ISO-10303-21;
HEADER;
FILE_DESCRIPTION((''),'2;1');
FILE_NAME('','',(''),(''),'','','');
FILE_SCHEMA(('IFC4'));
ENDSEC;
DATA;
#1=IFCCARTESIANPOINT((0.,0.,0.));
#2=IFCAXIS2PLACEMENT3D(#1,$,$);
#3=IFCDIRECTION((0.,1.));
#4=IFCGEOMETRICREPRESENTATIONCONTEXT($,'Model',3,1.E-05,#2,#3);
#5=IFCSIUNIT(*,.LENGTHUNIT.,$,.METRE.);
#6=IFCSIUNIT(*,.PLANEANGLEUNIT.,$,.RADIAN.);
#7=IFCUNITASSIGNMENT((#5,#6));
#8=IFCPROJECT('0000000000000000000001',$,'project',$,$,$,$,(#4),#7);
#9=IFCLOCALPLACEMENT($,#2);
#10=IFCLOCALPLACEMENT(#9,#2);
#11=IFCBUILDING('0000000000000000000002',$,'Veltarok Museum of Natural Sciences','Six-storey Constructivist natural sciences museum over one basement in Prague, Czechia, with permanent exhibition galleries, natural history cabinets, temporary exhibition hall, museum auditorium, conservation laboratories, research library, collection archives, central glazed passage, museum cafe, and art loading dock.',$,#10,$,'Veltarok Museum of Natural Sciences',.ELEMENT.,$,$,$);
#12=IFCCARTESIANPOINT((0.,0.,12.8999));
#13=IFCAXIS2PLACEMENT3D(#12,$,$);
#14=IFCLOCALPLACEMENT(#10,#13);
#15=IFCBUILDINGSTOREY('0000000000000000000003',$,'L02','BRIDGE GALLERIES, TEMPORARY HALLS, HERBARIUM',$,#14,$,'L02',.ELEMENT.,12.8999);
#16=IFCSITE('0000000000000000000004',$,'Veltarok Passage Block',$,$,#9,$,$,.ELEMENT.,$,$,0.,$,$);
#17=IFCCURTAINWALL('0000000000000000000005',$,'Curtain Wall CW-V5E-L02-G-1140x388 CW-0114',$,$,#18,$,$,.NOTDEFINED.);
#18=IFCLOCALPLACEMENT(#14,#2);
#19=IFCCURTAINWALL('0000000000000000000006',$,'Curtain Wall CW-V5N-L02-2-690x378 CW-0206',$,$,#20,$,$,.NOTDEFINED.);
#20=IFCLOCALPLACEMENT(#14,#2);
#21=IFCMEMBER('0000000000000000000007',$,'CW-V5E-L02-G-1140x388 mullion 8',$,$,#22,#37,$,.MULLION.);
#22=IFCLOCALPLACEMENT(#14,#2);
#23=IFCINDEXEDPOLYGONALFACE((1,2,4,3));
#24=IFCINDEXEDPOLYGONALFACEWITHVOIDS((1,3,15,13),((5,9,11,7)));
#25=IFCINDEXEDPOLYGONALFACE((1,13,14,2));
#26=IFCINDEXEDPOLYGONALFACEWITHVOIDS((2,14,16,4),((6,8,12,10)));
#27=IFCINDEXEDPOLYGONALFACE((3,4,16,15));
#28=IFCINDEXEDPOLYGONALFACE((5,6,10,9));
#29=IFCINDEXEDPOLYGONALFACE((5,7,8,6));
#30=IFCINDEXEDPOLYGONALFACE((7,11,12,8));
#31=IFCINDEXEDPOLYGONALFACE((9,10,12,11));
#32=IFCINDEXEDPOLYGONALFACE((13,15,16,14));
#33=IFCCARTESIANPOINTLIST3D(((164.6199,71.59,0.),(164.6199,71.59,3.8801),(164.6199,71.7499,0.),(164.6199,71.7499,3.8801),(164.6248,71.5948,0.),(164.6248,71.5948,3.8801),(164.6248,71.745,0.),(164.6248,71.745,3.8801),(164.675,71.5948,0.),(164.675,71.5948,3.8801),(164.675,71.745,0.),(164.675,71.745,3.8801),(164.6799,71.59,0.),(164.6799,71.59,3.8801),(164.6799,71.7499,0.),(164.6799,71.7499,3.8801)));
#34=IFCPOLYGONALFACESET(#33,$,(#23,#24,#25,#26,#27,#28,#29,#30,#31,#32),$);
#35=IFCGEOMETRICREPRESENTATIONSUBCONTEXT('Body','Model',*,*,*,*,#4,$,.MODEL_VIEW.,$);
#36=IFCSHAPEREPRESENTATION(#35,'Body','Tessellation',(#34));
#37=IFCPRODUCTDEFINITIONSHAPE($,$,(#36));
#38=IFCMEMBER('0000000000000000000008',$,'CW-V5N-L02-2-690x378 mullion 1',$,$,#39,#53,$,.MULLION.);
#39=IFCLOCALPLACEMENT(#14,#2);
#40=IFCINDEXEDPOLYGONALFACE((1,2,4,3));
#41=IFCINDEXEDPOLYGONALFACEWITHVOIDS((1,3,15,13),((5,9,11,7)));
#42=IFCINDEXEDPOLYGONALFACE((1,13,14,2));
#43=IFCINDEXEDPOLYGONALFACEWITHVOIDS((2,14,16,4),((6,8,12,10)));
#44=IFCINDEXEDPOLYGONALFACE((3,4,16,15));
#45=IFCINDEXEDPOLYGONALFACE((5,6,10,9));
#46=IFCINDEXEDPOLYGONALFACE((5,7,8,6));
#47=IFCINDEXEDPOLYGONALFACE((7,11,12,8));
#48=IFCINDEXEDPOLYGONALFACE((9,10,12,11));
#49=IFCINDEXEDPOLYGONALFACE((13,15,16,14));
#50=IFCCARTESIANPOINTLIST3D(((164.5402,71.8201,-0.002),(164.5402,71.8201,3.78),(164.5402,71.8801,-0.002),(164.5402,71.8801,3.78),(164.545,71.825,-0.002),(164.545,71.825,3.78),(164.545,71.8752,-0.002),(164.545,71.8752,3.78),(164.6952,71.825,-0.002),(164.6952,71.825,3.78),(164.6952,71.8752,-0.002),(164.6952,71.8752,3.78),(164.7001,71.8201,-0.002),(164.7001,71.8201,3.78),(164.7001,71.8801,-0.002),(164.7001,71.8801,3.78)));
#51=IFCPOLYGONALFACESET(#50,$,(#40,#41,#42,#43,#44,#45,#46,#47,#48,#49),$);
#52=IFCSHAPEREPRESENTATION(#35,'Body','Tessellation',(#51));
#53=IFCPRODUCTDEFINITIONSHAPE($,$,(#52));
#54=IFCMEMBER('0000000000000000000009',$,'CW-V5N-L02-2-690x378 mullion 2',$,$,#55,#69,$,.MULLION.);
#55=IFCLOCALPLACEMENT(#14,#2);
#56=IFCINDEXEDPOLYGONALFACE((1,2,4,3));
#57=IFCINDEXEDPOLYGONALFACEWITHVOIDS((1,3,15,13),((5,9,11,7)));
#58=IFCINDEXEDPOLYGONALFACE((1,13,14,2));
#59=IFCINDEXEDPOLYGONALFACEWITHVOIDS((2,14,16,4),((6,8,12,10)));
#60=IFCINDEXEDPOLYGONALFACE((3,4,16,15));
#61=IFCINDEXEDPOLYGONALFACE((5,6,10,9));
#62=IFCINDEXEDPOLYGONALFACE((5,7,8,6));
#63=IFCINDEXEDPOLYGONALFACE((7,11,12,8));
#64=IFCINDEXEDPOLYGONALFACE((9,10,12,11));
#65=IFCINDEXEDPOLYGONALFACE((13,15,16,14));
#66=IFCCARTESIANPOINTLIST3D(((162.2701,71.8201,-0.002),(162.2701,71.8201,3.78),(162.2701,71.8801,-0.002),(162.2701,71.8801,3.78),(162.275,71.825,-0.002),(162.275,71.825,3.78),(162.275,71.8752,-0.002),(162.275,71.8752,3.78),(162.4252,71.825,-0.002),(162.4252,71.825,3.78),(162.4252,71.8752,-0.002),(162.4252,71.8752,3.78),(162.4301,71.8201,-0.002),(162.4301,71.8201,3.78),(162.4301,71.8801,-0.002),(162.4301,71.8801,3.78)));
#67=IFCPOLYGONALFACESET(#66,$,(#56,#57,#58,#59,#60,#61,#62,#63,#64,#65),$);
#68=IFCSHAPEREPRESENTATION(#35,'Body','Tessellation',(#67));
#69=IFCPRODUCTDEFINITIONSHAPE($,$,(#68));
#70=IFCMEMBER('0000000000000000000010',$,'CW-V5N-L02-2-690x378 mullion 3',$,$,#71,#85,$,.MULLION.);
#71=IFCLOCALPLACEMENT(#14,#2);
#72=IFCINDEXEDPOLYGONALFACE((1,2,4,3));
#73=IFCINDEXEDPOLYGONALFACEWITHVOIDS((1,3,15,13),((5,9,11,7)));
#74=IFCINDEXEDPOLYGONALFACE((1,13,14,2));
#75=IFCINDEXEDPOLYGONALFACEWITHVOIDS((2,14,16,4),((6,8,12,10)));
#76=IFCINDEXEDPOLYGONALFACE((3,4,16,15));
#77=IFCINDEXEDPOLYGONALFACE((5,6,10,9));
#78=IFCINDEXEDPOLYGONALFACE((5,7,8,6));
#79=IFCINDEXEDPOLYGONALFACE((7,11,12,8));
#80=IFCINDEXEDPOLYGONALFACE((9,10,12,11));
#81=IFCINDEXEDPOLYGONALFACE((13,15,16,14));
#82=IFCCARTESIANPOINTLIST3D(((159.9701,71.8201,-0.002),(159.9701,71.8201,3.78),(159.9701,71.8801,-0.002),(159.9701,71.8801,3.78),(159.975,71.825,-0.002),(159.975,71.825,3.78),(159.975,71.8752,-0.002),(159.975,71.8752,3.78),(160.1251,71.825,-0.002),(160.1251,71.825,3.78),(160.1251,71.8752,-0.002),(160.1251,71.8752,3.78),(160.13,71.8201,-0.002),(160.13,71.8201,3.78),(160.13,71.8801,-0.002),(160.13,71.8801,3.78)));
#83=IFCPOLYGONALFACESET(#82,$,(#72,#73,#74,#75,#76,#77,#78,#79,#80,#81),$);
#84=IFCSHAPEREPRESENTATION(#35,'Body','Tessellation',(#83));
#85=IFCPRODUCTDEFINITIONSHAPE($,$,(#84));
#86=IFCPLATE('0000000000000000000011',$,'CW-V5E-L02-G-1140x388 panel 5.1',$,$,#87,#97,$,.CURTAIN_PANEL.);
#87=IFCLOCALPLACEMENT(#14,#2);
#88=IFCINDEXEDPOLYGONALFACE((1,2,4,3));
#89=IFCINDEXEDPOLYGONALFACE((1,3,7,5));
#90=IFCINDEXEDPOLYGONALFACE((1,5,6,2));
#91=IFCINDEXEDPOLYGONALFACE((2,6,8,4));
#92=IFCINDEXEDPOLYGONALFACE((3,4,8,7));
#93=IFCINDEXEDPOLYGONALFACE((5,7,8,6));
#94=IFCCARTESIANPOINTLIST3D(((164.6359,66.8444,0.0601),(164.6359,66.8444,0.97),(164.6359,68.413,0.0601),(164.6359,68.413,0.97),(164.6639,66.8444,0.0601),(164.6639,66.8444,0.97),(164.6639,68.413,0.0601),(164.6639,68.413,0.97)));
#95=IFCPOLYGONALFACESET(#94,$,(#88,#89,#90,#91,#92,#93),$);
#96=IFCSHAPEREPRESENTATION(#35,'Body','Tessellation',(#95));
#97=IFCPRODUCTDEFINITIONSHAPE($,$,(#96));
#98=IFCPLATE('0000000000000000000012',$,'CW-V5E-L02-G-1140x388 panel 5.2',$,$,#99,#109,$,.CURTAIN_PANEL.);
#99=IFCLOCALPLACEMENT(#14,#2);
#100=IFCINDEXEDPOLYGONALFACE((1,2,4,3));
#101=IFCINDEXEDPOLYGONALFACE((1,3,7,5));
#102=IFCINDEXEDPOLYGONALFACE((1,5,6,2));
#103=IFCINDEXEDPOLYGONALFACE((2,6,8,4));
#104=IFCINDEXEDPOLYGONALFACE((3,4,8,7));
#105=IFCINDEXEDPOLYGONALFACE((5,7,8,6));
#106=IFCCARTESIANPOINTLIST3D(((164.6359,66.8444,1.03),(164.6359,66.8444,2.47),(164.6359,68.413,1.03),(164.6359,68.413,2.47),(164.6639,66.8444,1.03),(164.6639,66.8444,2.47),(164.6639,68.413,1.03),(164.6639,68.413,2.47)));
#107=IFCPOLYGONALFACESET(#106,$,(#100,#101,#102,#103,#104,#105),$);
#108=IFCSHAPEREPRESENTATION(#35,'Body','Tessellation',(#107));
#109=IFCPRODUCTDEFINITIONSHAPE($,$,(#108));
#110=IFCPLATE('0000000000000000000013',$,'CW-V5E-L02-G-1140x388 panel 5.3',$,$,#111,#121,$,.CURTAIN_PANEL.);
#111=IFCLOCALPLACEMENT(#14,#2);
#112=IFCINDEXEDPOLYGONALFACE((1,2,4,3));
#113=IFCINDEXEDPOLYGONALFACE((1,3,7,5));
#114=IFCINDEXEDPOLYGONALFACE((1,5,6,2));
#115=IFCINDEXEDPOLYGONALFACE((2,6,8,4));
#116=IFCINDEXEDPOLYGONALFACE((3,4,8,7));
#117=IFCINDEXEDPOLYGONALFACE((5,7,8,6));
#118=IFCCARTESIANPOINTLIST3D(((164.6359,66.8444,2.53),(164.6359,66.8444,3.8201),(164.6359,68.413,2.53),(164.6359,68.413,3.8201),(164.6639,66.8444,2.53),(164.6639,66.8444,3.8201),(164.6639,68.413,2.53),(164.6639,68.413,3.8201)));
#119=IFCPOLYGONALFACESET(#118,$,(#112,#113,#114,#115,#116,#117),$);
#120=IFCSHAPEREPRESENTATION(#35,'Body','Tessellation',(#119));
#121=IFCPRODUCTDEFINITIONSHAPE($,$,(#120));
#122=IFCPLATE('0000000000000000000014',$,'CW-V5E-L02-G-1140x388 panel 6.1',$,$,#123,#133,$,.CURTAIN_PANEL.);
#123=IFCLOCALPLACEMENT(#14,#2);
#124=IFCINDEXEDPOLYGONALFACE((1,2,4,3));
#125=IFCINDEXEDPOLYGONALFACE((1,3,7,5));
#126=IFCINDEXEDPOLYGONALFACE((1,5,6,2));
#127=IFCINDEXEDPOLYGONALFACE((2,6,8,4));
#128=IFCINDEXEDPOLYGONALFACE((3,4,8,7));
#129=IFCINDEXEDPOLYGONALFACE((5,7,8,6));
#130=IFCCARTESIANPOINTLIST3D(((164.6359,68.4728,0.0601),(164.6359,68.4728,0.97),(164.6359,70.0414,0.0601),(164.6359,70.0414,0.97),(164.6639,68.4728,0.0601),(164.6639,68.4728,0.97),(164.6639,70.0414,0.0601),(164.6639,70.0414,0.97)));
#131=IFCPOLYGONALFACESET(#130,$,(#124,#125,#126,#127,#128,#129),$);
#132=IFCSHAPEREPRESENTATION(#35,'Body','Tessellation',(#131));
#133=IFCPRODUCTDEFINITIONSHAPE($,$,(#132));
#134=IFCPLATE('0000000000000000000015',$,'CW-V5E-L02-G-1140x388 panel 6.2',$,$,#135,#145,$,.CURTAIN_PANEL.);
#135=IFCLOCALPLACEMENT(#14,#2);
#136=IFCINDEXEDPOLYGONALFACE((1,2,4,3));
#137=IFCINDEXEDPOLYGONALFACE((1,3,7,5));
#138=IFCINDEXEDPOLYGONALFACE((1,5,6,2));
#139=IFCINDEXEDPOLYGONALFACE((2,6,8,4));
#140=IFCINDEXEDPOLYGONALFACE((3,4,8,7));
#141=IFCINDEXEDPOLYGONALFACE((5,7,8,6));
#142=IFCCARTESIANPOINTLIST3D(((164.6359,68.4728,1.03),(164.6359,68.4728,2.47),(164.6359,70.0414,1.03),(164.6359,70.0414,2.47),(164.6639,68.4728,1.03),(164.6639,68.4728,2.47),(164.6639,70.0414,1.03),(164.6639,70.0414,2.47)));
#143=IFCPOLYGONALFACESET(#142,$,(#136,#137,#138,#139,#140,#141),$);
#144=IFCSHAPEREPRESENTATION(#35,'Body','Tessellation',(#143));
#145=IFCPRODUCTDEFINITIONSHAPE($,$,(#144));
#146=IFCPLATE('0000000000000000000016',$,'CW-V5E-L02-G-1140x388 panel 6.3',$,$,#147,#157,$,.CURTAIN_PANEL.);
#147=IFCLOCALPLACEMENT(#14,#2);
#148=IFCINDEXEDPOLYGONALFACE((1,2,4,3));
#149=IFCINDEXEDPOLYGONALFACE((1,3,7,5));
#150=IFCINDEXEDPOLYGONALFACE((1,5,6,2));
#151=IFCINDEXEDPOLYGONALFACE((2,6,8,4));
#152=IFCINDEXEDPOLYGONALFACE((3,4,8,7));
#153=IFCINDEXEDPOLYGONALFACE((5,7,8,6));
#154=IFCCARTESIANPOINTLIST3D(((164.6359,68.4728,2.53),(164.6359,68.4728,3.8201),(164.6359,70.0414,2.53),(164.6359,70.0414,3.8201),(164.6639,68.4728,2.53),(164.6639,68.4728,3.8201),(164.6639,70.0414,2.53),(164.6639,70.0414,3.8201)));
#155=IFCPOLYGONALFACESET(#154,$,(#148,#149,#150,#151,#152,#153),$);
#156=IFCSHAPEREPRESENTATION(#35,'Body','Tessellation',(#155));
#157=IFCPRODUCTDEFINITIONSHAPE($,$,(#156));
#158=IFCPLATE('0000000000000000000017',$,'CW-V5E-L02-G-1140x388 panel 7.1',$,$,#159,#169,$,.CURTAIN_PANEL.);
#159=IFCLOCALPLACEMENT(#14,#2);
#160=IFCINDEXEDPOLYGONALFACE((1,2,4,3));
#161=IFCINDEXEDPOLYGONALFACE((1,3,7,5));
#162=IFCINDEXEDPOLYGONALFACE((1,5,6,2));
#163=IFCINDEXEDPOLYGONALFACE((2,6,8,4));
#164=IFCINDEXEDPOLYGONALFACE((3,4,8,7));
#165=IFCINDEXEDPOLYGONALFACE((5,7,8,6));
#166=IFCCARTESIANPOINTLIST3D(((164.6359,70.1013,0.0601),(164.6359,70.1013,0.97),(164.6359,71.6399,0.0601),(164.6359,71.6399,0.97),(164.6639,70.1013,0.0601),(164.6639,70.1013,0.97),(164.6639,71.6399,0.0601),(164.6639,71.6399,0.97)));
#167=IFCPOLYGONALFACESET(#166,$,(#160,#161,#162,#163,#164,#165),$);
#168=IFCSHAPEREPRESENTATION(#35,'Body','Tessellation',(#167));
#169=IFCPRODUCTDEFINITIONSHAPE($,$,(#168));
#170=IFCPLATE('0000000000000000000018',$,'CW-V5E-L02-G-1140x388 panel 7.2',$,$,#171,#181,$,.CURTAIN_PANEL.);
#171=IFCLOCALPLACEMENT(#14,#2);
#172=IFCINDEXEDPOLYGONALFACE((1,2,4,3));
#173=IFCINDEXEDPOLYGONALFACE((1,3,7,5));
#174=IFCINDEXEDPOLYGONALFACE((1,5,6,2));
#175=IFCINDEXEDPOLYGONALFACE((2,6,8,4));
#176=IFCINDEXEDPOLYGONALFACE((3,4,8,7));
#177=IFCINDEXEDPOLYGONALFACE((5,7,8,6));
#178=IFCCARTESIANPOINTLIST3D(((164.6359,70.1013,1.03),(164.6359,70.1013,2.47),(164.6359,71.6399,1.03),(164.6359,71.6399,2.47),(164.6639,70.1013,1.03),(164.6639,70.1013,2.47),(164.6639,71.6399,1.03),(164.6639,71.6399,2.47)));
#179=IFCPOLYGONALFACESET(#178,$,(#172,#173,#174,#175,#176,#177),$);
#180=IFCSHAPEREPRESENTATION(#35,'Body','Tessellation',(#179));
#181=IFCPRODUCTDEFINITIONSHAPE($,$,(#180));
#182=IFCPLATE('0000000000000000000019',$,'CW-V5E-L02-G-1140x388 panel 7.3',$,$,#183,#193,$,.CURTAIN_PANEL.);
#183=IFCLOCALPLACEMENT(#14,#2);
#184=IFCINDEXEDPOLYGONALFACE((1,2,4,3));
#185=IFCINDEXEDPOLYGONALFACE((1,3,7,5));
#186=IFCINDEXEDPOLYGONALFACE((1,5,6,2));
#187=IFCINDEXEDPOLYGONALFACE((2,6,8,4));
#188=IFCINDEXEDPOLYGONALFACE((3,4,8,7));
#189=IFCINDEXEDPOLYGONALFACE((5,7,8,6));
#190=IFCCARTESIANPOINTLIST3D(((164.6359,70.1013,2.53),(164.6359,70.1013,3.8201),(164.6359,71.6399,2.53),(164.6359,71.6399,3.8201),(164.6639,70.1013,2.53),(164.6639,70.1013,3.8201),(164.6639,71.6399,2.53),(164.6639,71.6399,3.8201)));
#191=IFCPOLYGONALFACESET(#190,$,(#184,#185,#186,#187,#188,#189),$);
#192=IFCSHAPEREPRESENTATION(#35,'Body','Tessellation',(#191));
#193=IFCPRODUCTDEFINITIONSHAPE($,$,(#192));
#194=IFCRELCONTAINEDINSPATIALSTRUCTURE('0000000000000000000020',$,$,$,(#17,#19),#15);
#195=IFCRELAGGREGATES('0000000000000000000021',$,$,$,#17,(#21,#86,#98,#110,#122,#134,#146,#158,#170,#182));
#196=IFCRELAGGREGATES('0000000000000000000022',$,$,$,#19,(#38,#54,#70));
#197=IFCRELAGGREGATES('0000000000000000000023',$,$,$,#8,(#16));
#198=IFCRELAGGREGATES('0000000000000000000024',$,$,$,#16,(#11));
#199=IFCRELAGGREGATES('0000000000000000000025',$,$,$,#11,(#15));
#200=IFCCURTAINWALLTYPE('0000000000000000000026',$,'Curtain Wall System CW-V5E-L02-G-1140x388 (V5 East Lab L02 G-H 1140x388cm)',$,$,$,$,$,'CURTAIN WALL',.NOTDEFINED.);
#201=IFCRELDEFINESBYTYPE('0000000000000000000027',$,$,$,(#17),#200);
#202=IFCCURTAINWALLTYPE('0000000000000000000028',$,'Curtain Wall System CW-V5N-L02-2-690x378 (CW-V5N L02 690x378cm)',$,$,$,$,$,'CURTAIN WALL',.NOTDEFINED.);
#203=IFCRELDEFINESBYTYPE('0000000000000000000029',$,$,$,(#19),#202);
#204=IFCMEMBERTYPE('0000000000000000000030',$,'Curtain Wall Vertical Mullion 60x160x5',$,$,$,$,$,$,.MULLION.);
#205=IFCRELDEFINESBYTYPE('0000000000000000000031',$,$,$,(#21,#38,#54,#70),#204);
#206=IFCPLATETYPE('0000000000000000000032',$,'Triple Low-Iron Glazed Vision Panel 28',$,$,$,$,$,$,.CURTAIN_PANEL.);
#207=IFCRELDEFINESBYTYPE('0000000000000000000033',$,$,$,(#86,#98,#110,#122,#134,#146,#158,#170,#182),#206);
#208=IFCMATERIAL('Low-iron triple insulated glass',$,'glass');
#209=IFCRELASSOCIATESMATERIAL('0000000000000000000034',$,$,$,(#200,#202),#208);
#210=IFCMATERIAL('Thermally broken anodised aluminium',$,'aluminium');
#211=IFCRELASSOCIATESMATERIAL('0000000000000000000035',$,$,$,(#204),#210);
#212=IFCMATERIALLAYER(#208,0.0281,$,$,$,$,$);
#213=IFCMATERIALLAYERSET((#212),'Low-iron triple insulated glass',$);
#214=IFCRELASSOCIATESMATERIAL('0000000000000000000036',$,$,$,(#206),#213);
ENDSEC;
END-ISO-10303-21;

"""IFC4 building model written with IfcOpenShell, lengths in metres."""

from ifc_helpers import new_model, si_unit, direction, frame, origin, origin_2d, place, context, subcontext, project, spatial, rectangle, hollow_rectangle, extrude, material, layer, layer_set, material_profile, profile_set, type_object, element, aggregate, save


model = new_model("IFC4")

# Units and contexts
model_context = context("Model", 3, precision=1e-05, world=origin(), true_north=direction((0.0, 1.0)))
body_context = subcontext(model_context, "Body", "Model", "MODEL_VIEW")
ifc_project = project(units=[si_unit("LENGTHUNIT", "METRE"), si_unit("PLANEANGLEUNIT", "RADIAN")], contexts=[model_context])

# Site, building, storey
site_placement = place(None, origin())
site = spatial("IfcSite", under=ifc_project, at=site_placement, Name="Veltarok Passage Block", CompositionType="ELEMENT", RefElevation=0.0)
building_placement = place(site_placement, origin())
building = spatial("IfcBuilding", under=site, at=building_placement, Name="Veltarok Museum of Natural Sciences", Description="Six-storey Constructivist natural sciences museum over one basement in Prague, Czechia, with permanent exhibition galleries, natural history cabinets, temporary exhibition hall, museum auditorium, conservation laboratories, research library, collection archives, central glazed passage, museum cafe, and art loading dock.", LongName="Veltarok Museum of Natural Sciences", CompositionType="ELEMENT")
storey_placement = place(building_placement, frame((0.0, 0.0, 12.8999)))
storey = spatial("IfcBuildingStorey", under=building, at=storey_placement, Name="L02", Description="BRIDGE GALLERIES, TEMPORARY HALLS, HERBARIUM", LongName="L02", CompositionType="ELEMENT", Elevation=12.8999)

# Curtain walls
ifc_material_1 = material(Name="Low-iron triple insulated glass", Category="glass")
curtain_wall_type_1 = type_object("IfcCurtainWallType", Name="Curtain Wall System CW-V5E-L02-G-1140x388 (V5 East Lab L02 G-H 1140x388cm)", ElementType="CURTAIN WALL", PredefinedType="NOTDEFINED", material=ifc_material_1)
curtain_wall_1_placement = place(storey_placement, origin())
curtain_wall_1 = element("IfcCurtainWall", 1, at=curtain_wall_1_placement, inside=storey, type_object=curtain_wall_type_1, Name="Curtain Wall CW-V5E-L02-G-1140x388 CW-0114", PredefinedType="NOTDEFINED")
ifc_material_2 = material(Name="Thermally broken anodised aluminium", Category="aluminium")
curtain_wall_type_2 = type_object("IfcCurtainWallType", Name="Curtain Wall System CW-V5N-L02-2-690x378 (CW-V5N L02 690x378cm)", ElementType="CURTAIN WALL", PredefinedType="NOTDEFINED", material=ifc_material_1)
curtain_wall_2_placement = place(storey_placement, origin())
curtain_wall_2 = element("IfcCurtainWall", 2, at=curtain_wall_2_placement, inside=storey, type_object=curtain_wall_type_2, Name="Curtain Wall CW-V5N-L02-2-690x378 CW-0206", PredefinedType="NOTDEFINED")

# Members
ifc_material_profile_1 = material_profile(ifc_material_2, hollow_rectangle(XDim=0.0601, YDim=0.1599, WallThickness=0.0049, at=origin_2d()), Name="CW MULLION 60x160x5")
ifc_profile_set_1 = profile_set([ifc_material_profile_1], Name="Thermally broken anodised aluminium")
member_type_1 = type_object("IfcMemberType", Name="Curtain Wall Vertical Mullion 60x160x5", PredefinedType="MULLION", material=ifc_profile_set_1)
member_1_placement = place(storey_placement, frame((164.6499, 71.6699, 0.0), z_axis=(0.0, 0.0, 1.0), x_axis=(-1.0, 0.0, 0.0)))
member_1 = element("IfcMember", 3, at=member_1_placement, type_object=member_type_1, Name="CW-V5E-L02-G-1140x388 mullion 8", PredefinedType="MULLION", context=body_context, shape_type="SweptSolid", body=[
    extrude(hollow_rectangle(XDim=0.0601, YDim=0.1599, WallThickness=0.0049, at=origin_2d()), origin(), (0.0, 0.0, 1.0), 3.8801),
])
member_2_placement = place(storey_placement, frame((164.6201, 71.8501, -0.002), z_axis=(0.0, 0.0, 1.0), x_axis=(0.0, -1.0, 0.0)))
member_2 = element("IfcMember", 4, at=member_2_placement, type_object=member_type_1, Name="CW-V5N-L02-2-690x378 mullion 1", PredefinedType="MULLION", context=body_context, shape_type="SweptSolid", body=[
    extrude(hollow_rectangle(XDim=0.0601, YDim=0.1599, WallThickness=0.0049, at=origin_2d()), origin(), (0.0, 0.0, 1.0), 3.782),
])
member_3_placement = place(storey_placement, frame((162.3501, 71.8501, -0.002), z_axis=(0.0, 0.0, 1.0), x_axis=(0.0, -1.0, 0.0)))
member_3 = element("IfcMember", 5, at=member_3_placement, type_object=member_type_1, Name="CW-V5N-L02-2-690x378 mullion 2", PredefinedType="MULLION", context=body_context, shape_type="SweptSolid", body=[
    extrude(hollow_rectangle(XDim=0.0601, YDim=0.1599, WallThickness=0.0049, at=origin_2d()), origin(), (0.0, 0.0, 1.0), 3.782),
])
member_4_placement = place(storey_placement, frame((160.05, 71.8501, -0.002), z_axis=(0.0, 0.0, 1.0), x_axis=(0.0, -1.0, 0.0)))
member_4 = element("IfcMember", 6, at=member_4_placement, type_object=member_type_1, Name="CW-V5N-L02-2-690x378 mullion 3", PredefinedType="MULLION", context=body_context, shape_type="SweptSolid", body=[
    extrude(hollow_rectangle(XDim=0.0601, YDim=0.1599, WallThickness=0.0049, at=origin_2d()), origin(), (0.0, 0.0, 1.0), 3.782),
])

# Plates
ifc_layer = layer(ifc_material_1, 0.0281)
ifc_layer_set = layer_set([ifc_layer], Name="Low-iron triple insulated glass")
plate_type = type_object("IfcPlateType", Name="Triple Low-Iron Glazed Vision Panel 28", PredefinedType="CURTAIN_PANEL", material=ifc_layer_set)
plate_1_placement = place(storey_placement, frame((164.6499, 67.6287, 0.0601), z_axis=(0.0, 0.0, 1.0), x_axis=(0.0, 1.0, 0.0)))
plate_1 = element("IfcPlate", 7, at=plate_1_placement, type_object=plate_type, Name="CW-V5E-L02-G-1140x388 panel 5.1", PredefinedType="CURTAIN_PANEL", context=body_context, shape_type="SweptSolid", body=[
    extrude(rectangle(XDim=1.5686, YDim=0.0281, at=origin_2d()), origin(), (0.0, 0.0, 1.0), 0.9099),
])
plate_2_placement = place(storey_placement, frame((164.6499, 67.6287, 1.03), z_axis=(0.0, 0.0, 1.0), x_axis=(0.0, 1.0, 0.0)))
plate_2 = element("IfcPlate", 8, at=plate_2_placement, type_object=plate_type, Name="CW-V5E-L02-G-1140x388 panel 5.2", PredefinedType="CURTAIN_PANEL", context=body_context, shape_type="SweptSolid", body=[
    extrude(rectangle(XDim=1.5686, YDim=0.0281, at=origin_2d()), origin(), (0.0, 0.0, 1.0), 1.4399),
])
plate_3_placement = place(storey_placement, frame((164.6499, 67.6287, 2.53), z_axis=(0.0, 0.0, 1.0), x_axis=(0.0, 1.0, 0.0)))
plate_3 = element("IfcPlate", 9, at=plate_3_placement, type_object=plate_type, Name="CW-V5E-L02-G-1140x388 panel 5.3", PredefinedType="CURTAIN_PANEL", context=body_context, shape_type="SweptSolid", body=[
    extrude(rectangle(XDim=1.5686, YDim=0.0281, at=origin_2d()), origin(), (0.0, 0.0, 1.0), 1.29),
])
plate_4_placement = place(storey_placement, frame((164.6499, 69.2571, 0.0601), z_axis=(0.0, 0.0, 1.0), x_axis=(0.0, 1.0, 0.0)))
plate_4 = element("IfcPlate", 10, at=plate_4_placement, type_object=plate_type, Name="CW-V5E-L02-G-1140x388 panel 6.1", PredefinedType="CURTAIN_PANEL", context=body_context, shape_type="SweptSolid", body=[
    extrude(rectangle(XDim=1.5686, YDim=0.0281, at=origin_2d()), origin(), (0.0, 0.0, 1.0), 0.9099),
])
plate_5_placement = place(storey_placement, frame((164.6499, 69.2571, 1.03), z_axis=(0.0, 0.0, 1.0), x_axis=(0.0, 1.0, 0.0)))
plate_5 = element("IfcPlate", 11, at=plate_5_placement, type_object=plate_type, Name="CW-V5E-L02-G-1140x388 panel 6.2", PredefinedType="CURTAIN_PANEL", context=body_context, shape_type="SweptSolid", body=[
    extrude(rectangle(XDim=1.5686, YDim=0.0281, at=origin_2d()), origin(), (0.0, 0.0, 1.0), 1.4399),
])
plate_6_placement = place(storey_placement, frame((164.6499, 69.2571, 2.53), z_axis=(0.0, 0.0, 1.0), x_axis=(0.0, 1.0, 0.0)))
plate_6 = element("IfcPlate", 12, at=plate_6_placement, type_object=plate_type, Name="CW-V5E-L02-G-1140x388 panel 6.3", PredefinedType="CURTAIN_PANEL", context=body_context, shape_type="SweptSolid", body=[
    extrude(rectangle(XDim=1.5686, YDim=0.0281, at=origin_2d()), origin(), (0.0, 0.0, 1.0), 1.29),
])
plate_7_placement = place(storey_placement, frame((164.6499, 70.8706, 0.0601), z_axis=(0.0, 0.0, 1.0), x_axis=(0.0, 1.0, 0.0)))
plate_7 = element("IfcPlate", 13, at=plate_7_placement, type_object=plate_type, Name="CW-V5E-L02-G-1140x388 panel 7.1", PredefinedType="CURTAIN_PANEL", context=body_context, shape_type="SweptSolid", body=[
    extrude(rectangle(XDim=1.5386, YDim=0.0281, at=origin_2d()), origin(), (0.0, 0.0, 1.0), 0.9099),
])
plate_8_placement = place(storey_placement, frame((164.6499, 70.8706, 1.03), z_axis=(0.0, 0.0, 1.0), x_axis=(0.0, 1.0, 0.0)))
plate_8 = element("IfcPlate", 14, at=plate_8_placement, type_object=plate_type, Name="CW-V5E-L02-G-1140x388 panel 7.2", PredefinedType="CURTAIN_PANEL", context=body_context, shape_type="SweptSolid", body=[
    extrude(rectangle(XDim=1.5386, YDim=0.0281, at=origin_2d()), origin(), (0.0, 0.0, 1.0), 1.4399),
])
plate_9_placement = place(storey_placement, frame((164.6499, 70.8706, 2.53), z_axis=(0.0, 0.0, 1.0), x_axis=(0.0, 1.0, 0.0)))
plate_9 = element("IfcPlate", 15, at=plate_9_placement, type_object=plate_type, Name="CW-V5E-L02-G-1140x388 panel 7.3", PredefinedType="CURTAIN_PANEL", context=body_context, shape_type="SweptSolid", body=[
    extrude(rectangle(XDim=1.5386, YDim=0.0281, at=origin_2d()), origin(), (0.0, 0.0, 1.0), 1.29),
])
aggregate(curtain_wall_1, [member_1, plate_1, plate_2, plate_3, plate_4, plate_5, plate_6, plate_7, plate_8, plate_9])
aggregate(curtain_wall_2, [member_2, member_3, member_4])

save(model, "model.ifc")
